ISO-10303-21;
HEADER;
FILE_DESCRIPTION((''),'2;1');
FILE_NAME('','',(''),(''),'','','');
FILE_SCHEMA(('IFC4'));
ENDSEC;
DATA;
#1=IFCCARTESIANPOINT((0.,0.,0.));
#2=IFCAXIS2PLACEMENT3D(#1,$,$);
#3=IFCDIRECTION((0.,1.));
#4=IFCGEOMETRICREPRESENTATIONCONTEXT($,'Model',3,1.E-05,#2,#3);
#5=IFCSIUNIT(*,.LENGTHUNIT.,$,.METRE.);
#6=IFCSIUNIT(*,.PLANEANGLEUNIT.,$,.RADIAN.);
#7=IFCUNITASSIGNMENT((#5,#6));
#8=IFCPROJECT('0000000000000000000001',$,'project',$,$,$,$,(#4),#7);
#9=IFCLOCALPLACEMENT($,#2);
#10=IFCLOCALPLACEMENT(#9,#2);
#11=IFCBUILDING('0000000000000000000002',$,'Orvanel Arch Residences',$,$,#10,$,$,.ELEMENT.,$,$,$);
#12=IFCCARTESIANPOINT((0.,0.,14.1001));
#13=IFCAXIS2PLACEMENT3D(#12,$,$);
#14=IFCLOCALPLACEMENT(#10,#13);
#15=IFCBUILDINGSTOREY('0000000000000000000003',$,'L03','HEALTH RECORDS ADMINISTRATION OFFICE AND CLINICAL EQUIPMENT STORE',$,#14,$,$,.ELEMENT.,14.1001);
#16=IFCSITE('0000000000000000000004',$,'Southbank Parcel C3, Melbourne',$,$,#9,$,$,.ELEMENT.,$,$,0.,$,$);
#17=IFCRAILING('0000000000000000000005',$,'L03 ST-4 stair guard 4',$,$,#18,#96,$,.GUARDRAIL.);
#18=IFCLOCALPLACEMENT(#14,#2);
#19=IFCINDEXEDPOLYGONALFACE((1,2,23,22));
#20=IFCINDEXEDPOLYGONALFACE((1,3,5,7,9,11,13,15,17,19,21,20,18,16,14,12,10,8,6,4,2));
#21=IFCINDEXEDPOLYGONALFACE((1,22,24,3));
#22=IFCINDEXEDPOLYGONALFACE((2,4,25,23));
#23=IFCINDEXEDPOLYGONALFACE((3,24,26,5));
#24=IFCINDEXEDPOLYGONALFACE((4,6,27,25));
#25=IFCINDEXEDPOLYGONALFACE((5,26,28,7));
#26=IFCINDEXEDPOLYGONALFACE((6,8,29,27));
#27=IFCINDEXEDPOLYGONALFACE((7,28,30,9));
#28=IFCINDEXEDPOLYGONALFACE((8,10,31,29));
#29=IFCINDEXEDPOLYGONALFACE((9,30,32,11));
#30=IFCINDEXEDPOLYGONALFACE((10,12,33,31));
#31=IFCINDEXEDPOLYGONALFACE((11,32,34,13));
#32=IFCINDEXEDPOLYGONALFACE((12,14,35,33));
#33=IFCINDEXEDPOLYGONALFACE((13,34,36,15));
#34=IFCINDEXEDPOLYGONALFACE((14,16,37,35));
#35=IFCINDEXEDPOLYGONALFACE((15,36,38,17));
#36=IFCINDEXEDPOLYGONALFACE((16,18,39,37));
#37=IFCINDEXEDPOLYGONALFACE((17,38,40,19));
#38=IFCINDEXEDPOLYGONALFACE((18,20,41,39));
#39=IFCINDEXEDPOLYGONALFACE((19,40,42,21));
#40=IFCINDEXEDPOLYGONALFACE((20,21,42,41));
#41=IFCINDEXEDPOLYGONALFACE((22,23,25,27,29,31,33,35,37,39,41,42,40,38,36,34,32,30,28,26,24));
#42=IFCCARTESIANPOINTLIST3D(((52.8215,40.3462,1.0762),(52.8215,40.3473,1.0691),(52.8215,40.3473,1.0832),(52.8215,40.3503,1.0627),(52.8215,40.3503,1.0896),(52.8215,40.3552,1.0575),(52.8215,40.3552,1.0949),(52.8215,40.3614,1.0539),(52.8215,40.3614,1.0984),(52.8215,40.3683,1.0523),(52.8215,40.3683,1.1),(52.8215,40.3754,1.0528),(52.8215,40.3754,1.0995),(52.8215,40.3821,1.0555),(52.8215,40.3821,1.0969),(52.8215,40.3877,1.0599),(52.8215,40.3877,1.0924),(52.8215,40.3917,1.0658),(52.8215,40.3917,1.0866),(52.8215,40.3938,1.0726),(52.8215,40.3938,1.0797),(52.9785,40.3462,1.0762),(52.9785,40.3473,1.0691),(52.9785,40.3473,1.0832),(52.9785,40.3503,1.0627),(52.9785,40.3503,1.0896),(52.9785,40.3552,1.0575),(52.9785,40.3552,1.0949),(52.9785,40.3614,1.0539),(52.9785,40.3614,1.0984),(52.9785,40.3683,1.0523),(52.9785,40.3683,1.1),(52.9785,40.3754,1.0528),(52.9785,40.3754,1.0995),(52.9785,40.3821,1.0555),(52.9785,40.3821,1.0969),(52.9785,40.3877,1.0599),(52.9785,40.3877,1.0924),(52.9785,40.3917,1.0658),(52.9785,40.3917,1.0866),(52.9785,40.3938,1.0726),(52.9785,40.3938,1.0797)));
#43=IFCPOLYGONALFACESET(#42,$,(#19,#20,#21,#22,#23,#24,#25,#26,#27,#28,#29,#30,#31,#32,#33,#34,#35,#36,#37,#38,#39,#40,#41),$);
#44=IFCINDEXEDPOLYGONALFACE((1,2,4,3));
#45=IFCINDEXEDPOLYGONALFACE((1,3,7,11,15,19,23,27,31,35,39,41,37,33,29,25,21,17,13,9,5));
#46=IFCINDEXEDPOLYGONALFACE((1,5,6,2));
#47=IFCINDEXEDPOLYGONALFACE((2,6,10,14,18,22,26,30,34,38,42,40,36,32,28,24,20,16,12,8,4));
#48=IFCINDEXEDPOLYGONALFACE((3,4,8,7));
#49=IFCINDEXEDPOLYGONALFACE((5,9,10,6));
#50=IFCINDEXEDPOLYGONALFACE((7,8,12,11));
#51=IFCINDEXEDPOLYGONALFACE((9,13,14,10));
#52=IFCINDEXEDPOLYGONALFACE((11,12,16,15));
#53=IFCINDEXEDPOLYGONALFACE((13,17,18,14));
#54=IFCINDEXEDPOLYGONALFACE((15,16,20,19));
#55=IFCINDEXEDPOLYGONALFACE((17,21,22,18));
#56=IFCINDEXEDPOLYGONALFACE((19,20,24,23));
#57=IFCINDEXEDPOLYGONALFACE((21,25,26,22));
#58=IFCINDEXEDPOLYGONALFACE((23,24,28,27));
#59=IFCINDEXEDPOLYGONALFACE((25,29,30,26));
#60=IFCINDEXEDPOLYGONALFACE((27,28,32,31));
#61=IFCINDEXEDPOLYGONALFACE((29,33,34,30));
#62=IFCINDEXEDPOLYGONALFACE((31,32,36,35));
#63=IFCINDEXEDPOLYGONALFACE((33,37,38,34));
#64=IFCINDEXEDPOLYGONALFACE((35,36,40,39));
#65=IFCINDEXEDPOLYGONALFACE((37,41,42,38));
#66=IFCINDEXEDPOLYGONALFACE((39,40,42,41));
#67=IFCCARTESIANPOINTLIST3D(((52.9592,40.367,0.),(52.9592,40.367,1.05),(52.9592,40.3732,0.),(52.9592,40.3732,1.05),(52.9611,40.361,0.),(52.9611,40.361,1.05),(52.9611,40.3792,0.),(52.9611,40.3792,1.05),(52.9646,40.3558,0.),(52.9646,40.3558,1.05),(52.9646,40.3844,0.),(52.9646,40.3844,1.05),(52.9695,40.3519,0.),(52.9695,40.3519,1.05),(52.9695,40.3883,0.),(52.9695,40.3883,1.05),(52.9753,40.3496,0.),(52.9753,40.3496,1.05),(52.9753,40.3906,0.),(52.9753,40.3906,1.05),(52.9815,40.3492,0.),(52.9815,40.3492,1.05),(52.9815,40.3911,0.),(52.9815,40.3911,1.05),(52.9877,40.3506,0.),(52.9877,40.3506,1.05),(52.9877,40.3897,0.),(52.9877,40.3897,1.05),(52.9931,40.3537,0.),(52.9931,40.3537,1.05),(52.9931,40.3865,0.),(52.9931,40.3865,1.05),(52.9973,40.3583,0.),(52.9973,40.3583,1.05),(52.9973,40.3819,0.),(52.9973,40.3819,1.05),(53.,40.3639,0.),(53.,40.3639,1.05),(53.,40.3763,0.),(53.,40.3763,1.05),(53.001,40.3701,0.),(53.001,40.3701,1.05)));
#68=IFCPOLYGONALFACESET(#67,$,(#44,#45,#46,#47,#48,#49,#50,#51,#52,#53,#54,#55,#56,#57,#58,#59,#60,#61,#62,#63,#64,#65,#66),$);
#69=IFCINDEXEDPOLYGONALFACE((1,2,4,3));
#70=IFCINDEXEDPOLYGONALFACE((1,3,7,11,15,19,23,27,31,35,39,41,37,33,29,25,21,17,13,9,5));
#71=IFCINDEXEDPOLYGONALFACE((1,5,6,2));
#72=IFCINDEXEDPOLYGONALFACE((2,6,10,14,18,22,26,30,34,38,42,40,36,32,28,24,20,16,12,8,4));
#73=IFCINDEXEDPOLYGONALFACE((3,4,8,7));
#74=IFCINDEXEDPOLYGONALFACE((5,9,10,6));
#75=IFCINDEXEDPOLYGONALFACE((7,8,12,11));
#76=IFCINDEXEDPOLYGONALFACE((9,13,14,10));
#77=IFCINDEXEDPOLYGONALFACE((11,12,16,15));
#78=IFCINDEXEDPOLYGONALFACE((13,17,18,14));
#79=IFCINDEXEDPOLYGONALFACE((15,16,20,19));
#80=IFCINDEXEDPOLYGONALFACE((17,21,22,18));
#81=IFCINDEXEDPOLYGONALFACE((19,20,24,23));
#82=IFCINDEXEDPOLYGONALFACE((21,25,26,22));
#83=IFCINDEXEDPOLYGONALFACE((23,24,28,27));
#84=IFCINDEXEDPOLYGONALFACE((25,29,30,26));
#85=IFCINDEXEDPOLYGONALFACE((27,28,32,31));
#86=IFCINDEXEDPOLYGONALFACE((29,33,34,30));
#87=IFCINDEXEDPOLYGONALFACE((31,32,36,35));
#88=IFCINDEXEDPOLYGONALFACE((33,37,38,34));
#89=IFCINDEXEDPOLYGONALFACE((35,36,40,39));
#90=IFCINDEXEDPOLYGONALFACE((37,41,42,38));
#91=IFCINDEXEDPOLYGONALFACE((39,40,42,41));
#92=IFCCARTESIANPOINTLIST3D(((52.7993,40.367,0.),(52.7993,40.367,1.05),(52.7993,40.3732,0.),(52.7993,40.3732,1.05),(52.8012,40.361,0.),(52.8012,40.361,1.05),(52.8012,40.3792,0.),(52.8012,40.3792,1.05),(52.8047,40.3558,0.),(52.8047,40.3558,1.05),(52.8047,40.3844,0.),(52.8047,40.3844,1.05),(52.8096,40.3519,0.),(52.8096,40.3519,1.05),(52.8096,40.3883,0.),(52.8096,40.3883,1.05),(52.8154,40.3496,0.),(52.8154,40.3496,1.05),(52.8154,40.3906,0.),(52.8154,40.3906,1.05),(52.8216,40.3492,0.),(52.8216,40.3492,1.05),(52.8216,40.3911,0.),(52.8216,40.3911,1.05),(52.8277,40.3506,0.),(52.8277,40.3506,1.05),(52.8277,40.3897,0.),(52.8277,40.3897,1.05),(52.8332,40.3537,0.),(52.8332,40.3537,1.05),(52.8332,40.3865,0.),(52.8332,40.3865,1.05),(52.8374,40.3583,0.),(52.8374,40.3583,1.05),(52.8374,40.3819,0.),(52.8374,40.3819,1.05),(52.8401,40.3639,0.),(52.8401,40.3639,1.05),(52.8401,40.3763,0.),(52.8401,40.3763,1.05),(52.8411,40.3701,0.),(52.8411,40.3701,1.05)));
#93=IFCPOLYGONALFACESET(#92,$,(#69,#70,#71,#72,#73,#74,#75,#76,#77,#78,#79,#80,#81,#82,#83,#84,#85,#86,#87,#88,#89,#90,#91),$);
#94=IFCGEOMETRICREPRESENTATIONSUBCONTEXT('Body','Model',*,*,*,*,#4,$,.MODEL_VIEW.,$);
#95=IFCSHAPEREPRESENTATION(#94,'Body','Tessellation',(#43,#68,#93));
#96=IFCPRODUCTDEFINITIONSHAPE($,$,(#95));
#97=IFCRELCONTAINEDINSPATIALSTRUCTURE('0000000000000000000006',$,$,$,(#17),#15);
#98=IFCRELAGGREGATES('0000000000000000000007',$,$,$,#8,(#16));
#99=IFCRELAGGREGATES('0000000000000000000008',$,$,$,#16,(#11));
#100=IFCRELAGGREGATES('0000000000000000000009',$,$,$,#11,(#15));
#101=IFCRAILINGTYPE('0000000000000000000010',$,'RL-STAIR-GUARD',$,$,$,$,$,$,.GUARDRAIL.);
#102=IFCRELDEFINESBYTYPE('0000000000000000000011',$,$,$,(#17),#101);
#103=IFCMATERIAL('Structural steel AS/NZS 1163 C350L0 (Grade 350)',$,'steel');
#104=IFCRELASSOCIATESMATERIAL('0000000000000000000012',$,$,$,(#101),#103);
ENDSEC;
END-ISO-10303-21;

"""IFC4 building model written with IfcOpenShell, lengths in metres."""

from ifc_helpers import new_model, si_unit, direction, frame, origin, origin_2d, place, context, subcontext, project, spatial, circle, extrude, material, type_object, element, save


model = new_model("IFC4")

# Units and contexts
model_context = context("Model", 3, precision=1e-05, world=origin(), true_north=direction((0.0, 1.0)))
body_context = subcontext(model_context, "Body", "Model", "MODEL_VIEW")
ifc_project = project(units=[si_unit("LENGTHUNIT", "METRE"), si_unit("PLANEANGLEUNIT", "RADIAN")], contexts=[model_context])

# Site, building, storey
site_placement = place(None, origin())
site = spatial("IfcSite", under=ifc_project, at=site_placement, Name="Southbank Parcel C3, Melbourne", CompositionType="ELEMENT", RefElevation=0.0)
building_placement = place(site_placement, origin())
building = spatial("IfcBuilding", under=site, at=building_placement, Name="Orvanel Arch Residences", CompositionType="ELEMENT")
storey_placement = place(building_placement, frame((0.0, 0.0, 14.1001)))
storey = spatial("IfcBuildingStorey", under=building, at=storey_placement, Name="L03", Description="HEALTH RECORDS ADMINISTRATION OFFICE AND CLINICAL EQUIPMENT STORE", CompositionType="ELEMENT", Elevation=14.1001)

# Railing
ifc_material_1 = material(Name="Structural steel AS/NZS 1163 C350L0 (Grade 350)", Category="steel")
railing_type_1 = type_object("IfcRailingType", Name="RL-STAIR-GUARD", PredefinedType="GUARDRAIL", material=ifc_material_1)
railing_1_placement = place(storey_placement, frame((52.98, 40.3701, 0.0)))
element("IfcRailing", 1, at=railing_1_placement, inside=storey, type_object=railing_type_1, Name="L03 ST-4 stair guard 4", PredefinedType="GUARDRAIL", context=body_context, shape_type="SweptSolid", body=[
    extrude(circle(Radius=0.0239, at=origin_2d()), frame((-0.0015, 0.0, 1.0762), z_axis=(-1.0, 0.0, 0.0), x_axis=(0.0, -1.0, 0.0)), (0.0, 0.0, 1.0), 0.157),
    extrude(circle(Radius=0.021, at=origin_2d()), origin(), (0.0, 0.0, 1.0), 1.05),
    extrude(circle(Radius=0.021, at=origin_2d()), frame((-0.1599, 0.0, 0.0)), (0.0, 0.0, 1.0), 1.05),
])

save(model, "model.ifc")
